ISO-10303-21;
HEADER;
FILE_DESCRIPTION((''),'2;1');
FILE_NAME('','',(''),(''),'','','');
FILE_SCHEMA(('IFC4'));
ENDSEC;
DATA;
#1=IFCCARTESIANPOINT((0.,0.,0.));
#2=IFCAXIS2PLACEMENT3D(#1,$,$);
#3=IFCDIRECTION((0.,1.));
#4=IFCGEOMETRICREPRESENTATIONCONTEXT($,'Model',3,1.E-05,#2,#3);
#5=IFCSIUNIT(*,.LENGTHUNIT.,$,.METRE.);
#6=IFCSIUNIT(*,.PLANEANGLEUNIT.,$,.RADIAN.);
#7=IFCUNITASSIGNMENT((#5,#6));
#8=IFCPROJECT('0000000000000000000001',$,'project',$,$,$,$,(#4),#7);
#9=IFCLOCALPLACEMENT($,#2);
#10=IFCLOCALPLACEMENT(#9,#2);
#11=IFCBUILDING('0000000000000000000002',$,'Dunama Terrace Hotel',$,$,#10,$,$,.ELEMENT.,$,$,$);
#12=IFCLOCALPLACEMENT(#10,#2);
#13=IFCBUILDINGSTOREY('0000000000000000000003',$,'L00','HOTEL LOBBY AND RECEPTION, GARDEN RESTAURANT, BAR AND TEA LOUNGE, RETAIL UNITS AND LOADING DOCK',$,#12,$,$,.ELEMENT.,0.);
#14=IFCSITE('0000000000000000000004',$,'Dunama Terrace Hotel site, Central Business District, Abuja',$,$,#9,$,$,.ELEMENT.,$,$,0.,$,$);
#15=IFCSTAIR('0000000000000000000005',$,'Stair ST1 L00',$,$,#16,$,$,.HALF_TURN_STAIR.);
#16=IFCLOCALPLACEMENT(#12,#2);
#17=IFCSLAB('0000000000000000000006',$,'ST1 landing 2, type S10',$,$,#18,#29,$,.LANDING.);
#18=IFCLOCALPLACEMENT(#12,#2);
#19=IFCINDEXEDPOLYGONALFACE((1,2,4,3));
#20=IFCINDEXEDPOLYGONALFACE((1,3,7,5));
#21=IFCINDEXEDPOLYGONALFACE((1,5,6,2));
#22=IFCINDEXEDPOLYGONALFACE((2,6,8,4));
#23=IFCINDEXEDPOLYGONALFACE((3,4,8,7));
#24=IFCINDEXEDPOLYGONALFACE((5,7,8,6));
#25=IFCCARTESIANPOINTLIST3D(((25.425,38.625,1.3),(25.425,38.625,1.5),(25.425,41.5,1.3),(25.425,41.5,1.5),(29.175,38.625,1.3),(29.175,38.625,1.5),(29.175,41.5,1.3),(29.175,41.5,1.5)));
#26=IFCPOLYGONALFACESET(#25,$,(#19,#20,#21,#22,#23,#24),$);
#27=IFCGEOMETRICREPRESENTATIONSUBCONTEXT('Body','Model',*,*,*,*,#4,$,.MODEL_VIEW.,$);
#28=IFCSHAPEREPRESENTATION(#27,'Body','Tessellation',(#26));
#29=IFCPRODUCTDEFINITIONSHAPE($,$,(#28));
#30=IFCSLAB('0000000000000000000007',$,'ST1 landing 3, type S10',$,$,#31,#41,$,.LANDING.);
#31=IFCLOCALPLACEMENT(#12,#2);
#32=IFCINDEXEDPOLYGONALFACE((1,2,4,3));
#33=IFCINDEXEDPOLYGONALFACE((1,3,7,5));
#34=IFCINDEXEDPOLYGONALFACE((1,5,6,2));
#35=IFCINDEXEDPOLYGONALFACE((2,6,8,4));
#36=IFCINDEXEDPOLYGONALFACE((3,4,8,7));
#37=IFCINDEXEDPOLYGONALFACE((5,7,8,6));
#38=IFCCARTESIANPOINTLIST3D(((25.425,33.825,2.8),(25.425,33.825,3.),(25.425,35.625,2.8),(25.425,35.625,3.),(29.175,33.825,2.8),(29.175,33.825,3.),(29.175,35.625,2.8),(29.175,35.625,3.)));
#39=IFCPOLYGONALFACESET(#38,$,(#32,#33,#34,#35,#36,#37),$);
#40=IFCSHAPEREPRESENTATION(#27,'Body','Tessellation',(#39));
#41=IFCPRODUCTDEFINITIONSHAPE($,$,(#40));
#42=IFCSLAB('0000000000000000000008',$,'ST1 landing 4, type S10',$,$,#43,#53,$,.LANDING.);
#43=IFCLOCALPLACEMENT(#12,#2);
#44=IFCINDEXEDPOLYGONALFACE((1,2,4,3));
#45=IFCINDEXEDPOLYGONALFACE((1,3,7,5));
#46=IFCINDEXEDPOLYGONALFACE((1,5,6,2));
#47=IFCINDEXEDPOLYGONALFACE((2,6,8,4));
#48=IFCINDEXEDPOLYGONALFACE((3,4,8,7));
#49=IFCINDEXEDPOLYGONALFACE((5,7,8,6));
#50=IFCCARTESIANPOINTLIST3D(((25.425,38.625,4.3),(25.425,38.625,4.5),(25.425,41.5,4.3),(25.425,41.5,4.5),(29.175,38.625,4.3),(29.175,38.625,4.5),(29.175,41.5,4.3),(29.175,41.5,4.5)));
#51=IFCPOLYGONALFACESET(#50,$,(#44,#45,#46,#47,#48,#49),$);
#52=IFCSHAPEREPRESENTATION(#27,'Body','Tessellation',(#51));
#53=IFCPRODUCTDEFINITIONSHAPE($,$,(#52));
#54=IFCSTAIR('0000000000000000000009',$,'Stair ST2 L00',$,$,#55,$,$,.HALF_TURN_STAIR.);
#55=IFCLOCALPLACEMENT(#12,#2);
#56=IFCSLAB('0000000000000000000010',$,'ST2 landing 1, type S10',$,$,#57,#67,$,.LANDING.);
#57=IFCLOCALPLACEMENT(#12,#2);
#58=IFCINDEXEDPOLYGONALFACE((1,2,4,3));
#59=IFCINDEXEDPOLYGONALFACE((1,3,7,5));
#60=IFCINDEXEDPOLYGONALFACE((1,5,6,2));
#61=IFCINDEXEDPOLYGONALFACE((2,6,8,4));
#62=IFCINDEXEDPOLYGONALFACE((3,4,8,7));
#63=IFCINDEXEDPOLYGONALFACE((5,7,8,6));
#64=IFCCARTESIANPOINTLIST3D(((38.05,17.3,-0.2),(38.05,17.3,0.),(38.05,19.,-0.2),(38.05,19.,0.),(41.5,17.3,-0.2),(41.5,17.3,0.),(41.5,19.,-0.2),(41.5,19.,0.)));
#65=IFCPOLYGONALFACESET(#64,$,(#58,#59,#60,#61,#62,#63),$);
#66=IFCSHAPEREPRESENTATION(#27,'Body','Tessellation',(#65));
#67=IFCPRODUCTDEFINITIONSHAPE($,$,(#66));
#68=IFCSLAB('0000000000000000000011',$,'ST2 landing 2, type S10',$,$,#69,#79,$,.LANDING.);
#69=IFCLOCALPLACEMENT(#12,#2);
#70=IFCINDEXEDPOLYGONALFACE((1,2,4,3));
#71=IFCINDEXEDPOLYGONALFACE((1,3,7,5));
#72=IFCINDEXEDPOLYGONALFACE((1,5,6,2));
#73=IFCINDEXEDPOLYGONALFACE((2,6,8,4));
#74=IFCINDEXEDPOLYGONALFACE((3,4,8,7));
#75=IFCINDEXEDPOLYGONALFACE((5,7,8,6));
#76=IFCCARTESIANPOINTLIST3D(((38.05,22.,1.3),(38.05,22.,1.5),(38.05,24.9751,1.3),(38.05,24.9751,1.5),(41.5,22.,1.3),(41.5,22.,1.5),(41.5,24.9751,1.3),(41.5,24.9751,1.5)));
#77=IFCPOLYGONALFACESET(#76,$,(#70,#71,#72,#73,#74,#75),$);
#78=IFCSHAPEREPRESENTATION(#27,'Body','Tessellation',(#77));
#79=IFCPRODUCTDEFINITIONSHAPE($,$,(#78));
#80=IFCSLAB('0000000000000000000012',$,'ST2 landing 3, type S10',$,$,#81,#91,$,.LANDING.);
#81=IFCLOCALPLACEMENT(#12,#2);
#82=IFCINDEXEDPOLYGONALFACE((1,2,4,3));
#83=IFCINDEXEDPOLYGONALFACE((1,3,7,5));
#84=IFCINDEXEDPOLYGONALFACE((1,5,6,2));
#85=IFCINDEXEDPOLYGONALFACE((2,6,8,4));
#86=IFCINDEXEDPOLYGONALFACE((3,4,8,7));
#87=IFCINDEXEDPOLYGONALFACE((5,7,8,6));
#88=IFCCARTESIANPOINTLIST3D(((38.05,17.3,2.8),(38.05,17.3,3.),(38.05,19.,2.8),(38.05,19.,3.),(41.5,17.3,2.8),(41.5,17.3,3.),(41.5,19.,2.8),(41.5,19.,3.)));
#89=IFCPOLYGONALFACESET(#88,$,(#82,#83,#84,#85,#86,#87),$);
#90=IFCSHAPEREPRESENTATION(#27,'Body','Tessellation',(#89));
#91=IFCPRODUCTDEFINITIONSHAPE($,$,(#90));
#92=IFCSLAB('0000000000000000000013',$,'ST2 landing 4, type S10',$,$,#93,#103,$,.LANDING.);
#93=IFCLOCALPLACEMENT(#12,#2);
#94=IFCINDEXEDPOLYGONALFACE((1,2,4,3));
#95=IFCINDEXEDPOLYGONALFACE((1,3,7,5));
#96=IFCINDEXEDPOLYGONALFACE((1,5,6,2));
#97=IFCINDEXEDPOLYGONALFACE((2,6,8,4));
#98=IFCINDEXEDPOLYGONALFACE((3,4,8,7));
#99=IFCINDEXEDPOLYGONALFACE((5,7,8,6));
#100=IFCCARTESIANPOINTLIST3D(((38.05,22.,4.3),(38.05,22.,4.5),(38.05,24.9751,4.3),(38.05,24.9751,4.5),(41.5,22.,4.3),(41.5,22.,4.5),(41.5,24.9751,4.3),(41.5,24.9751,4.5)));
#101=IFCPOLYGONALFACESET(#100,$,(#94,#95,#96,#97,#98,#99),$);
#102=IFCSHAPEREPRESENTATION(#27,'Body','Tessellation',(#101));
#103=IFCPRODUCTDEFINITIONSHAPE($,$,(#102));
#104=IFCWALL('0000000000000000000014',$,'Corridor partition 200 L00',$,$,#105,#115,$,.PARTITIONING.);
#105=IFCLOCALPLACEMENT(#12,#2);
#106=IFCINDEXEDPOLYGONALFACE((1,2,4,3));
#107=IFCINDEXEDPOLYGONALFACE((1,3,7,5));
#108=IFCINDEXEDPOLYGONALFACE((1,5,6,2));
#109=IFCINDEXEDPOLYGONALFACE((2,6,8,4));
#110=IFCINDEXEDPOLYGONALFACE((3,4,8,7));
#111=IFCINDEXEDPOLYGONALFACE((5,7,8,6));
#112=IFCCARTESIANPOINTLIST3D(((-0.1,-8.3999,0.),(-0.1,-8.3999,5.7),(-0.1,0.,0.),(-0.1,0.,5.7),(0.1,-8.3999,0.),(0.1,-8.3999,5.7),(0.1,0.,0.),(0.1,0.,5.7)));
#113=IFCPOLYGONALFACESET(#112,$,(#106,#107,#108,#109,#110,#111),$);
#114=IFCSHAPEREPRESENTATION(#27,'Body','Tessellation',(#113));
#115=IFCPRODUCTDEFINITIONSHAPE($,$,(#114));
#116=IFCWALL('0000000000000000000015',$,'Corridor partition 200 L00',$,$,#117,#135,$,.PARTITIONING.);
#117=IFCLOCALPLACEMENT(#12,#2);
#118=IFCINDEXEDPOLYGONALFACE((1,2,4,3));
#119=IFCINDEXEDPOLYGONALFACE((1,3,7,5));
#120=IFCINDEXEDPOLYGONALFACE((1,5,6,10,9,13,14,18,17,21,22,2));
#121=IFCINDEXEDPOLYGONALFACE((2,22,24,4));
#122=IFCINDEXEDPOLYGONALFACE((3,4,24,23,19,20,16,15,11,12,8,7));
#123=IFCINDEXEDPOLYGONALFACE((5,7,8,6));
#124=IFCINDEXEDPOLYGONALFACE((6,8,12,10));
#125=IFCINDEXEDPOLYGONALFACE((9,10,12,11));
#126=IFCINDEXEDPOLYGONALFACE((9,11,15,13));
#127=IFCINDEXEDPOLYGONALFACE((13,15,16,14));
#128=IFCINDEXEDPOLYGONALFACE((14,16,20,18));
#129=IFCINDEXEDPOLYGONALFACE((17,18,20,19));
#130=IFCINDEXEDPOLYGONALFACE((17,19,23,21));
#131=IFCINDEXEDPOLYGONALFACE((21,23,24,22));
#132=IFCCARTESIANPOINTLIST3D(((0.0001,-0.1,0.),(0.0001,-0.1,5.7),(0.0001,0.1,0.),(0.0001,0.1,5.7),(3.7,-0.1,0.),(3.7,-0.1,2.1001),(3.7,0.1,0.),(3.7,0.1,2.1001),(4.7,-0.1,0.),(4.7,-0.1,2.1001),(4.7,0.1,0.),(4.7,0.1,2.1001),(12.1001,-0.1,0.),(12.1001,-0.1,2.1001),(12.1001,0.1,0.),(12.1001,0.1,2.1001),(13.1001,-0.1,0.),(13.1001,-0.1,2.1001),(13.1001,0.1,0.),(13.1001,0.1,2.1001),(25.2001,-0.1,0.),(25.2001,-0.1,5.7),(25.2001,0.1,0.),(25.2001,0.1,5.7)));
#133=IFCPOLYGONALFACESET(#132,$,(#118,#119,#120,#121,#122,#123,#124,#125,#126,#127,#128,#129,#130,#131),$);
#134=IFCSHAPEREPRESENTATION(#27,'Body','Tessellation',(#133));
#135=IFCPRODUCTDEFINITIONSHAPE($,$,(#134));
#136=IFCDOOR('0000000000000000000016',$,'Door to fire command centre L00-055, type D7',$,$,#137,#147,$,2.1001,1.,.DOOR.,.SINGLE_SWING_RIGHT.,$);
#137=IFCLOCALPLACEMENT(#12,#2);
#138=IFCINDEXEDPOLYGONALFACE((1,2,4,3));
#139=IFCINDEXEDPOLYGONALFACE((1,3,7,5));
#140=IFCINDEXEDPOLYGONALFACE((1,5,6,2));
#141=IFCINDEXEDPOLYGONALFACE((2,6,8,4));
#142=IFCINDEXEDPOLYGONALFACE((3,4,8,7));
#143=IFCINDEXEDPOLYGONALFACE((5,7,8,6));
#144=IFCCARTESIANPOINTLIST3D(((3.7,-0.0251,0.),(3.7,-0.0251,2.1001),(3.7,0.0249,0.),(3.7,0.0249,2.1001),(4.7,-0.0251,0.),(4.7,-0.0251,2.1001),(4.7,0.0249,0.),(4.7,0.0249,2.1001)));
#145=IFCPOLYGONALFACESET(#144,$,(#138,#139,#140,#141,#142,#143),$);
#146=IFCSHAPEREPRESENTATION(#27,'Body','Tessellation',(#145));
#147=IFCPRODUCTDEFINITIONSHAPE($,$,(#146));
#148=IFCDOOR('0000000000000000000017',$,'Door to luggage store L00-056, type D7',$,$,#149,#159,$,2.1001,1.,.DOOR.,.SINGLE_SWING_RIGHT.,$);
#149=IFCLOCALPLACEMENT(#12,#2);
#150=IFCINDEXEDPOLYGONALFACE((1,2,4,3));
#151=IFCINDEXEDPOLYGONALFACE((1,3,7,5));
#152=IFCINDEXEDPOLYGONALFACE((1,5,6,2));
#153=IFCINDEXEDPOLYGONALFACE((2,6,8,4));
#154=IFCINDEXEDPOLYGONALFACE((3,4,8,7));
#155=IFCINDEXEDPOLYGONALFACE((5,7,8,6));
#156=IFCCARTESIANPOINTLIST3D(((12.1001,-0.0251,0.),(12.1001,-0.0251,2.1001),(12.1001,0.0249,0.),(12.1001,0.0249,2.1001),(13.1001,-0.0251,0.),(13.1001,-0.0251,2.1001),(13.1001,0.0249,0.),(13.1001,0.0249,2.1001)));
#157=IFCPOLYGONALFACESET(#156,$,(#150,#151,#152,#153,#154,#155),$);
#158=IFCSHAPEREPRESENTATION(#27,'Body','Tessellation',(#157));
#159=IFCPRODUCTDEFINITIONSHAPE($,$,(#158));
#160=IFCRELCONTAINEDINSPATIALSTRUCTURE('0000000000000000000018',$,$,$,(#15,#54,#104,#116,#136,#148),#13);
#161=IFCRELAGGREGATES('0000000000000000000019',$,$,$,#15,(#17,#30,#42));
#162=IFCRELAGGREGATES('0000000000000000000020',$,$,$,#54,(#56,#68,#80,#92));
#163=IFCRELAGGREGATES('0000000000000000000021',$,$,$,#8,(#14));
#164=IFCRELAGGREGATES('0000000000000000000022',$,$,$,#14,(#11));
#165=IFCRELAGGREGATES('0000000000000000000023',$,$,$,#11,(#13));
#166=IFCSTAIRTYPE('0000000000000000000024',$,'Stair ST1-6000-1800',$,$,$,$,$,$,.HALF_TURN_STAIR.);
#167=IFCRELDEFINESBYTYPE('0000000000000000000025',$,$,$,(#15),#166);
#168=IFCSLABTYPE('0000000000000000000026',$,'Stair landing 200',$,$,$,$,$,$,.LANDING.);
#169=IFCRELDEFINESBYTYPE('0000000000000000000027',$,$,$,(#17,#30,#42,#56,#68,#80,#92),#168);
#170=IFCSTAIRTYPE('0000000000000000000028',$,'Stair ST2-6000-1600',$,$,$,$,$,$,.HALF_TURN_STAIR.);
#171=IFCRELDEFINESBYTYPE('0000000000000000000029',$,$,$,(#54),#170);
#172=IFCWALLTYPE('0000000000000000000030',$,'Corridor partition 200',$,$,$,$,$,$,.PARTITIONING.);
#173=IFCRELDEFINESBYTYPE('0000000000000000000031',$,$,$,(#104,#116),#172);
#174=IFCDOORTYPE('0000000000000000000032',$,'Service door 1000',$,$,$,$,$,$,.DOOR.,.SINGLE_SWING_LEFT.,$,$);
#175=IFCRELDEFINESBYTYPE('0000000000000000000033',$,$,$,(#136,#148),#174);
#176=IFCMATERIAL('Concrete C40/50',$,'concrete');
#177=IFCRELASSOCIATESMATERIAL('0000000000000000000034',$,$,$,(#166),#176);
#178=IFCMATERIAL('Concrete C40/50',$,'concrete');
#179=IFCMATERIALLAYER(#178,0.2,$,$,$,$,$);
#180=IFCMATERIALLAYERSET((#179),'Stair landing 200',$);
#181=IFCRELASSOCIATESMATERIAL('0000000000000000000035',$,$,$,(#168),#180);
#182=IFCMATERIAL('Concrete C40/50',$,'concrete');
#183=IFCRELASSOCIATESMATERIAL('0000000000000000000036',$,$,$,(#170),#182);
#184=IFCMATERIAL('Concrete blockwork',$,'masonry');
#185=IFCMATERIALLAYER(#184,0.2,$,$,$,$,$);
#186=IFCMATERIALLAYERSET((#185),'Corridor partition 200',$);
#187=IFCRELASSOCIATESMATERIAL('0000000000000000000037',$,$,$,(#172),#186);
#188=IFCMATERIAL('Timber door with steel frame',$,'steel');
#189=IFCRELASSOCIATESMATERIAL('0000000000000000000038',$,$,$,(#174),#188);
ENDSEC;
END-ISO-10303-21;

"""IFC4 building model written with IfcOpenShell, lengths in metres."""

from ifc_helpers import new_model, si_unit, direction, frame, frame_2d, origin, origin_with_axes, place, context, subcontext, project, spatial, polyline, rectangle, outline, extrude, material, layer, layer_set, type_object, element, fill, aggregate, save


model = new_model("IFC4")

# Units and contexts
model_context = context("Model", 3, precision=1e-05, world=origin(), true_north=direction((0.0, 1.0)))
body_context = subcontext(model_context, "Body", "Model", "MODEL_VIEW")
ifc_project = project(units=[si_unit("LENGTHUNIT", "METRE"), si_unit("PLANEANGLEUNIT", "RADIAN")], contexts=[model_context])

# Site, building, storey
site_placement = place(None, origin())
site = spatial("IfcSite", under=ifc_project, at=site_placement, Name="Dunama Terrace Hotel site, Central Business District, Abuja", CompositionType="ELEMENT", RefElevation=0.0)
building_placement = place(site_placement, origin())
building = spatial("IfcBuilding", under=site, at=building_placement, Name="Dunama Terrace Hotel", CompositionType="ELEMENT")
storey_placement = place(building_placement, origin())
storey = spatial("IfcBuildingStorey", under=building, at=storey_placement, Name="L00", Description="HOTEL LOBBY AND RECEPTION, GARDEN RESTAURANT, BAR AND TEA LOUNGE, RETAIL UNITS AND LOADING DOCK", CompositionType="ELEMENT", Elevation=0.0)

# Stairs, slabs
ifc_material_1 = material(Name="Concrete C40/50", Category="concrete")
stair_type_1 = type_object("IfcStairType", Name="Stair ST1-6000-1800", PredefinedType="HALF_TURN_STAIR", material=ifc_material_1)
stair_1_placement = place(storey_placement, origin())
stair_1 = element("IfcStair", 1, at=stair_1_placement, inside=storey, type_object=stair_type_1, Name="Stair ST1 L00", PredefinedType="HALF_TURN_STAIR")
ifc_material_2 = material(Name="Concrete C40/50", Category="concrete")
ifc_layer_1 = layer(ifc_material_2, 0.2)
ifc_layer_set_1 = layer_set([ifc_layer_1], Name="Stair landing 200")
slab_type_1 = type_object("IfcSlabType", Name="Stair landing 200", PredefinedType="LANDING", material=ifc_layer_set_1)
slab_1_placement = place(storey_placement, frame((0.0, 0.0, 1.3)))
slab_1 = element("IfcSlab", 2, at=slab_1_placement, type_object=slab_type_1, Name="ST1 landing 2, type S10", PredefinedType="LANDING", context=body_context, shape_type="SweptSolid", body=[
    extrude(outline(polyline([(25.425, 38.625), (29.175, 38.625), (29.175, 41.5), (25.425, 41.5), (25.425, 38.625)])), origin(), (0.0, 0.0, 1.0), 0.2),
])
slab_2_placement = place(storey_placement, frame((0.0, 0.0, 2.8)))
slab_2 = element("IfcSlab", 3, at=slab_2_placement, type_object=slab_type_1, Name="ST1 landing 3, type S10", PredefinedType="LANDING", context=body_context, shape_type="SweptSolid", body=[
    extrude(outline(polyline([(25.425, 33.825), (29.175, 33.825), (29.175, 35.625), (25.425, 35.625), (25.425, 33.825)])), origin(), (0.0, 0.0, 1.0), 0.2),
])
slab_3_placement = place(storey_placement, frame((0.0, 0.0, 4.3)))
slab_3 = element("IfcSlab", 4, at=slab_3_placement, type_object=slab_type_1, Name="ST1 landing 4, type S10", PredefinedType="LANDING", context=body_context, shape_type="SweptSolid", body=[
    extrude(outline(polyline([(25.425, 38.625), (29.175, 38.625), (29.175, 41.5), (25.425, 41.5), (25.425, 38.625)])), origin(), (0.0, 0.0, 1.0), 0.2),
])
aggregate(stair_1, [slab_1, slab_2, slab_3])
ifc_material_3 = material(Name="Concrete C40/50", Category="concrete")
stair_type_2 = type_object("IfcStairType", Name="Stair ST2-6000-1600", PredefinedType="HALF_TURN_STAIR", material=ifc_material_3)
stair_2_placement = place(storey_placement, origin())
stair_2 = element("IfcStair", 5, at=stair_2_placement, inside=storey, type_object=stair_type_2, Name="Stair ST2 L00", PredefinedType="HALF_TURN_STAIR")
slab_4_placement = place(storey_placement, frame((0.0, 0.0, -0.2)))
slab_4 = element("IfcSlab", 6, at=slab_4_placement, type_object=slab_type_1, Name="ST2 landing 1, type S10", PredefinedType="LANDING", context=body_context, shape_type="SweptSolid", body=[
    extrude(outline(polyline([(38.05, 17.3), (41.5, 17.3), (41.5, 19.0), (38.05, 19.0), (38.05, 17.3)])), origin(), (0.0, 0.0, 1.0), 0.2),
])
slab_5_placement = place(storey_placement, frame((0.0, 0.0, 1.3)))
slab_5 = element("IfcSlab", 7, at=slab_5_placement, type_object=slab_type_1, Name="ST2 landing 2, type S10", PredefinedType="LANDING", context=body_context, shape_type="SweptSolid", body=[
    extrude(outline(polyline([(38.05, 22.0), (41.5, 22.0), (41.5, 24.9751), (38.05, 24.9751), (38.05, 22.0)])), origin(), (0.0, 0.0, 1.0), 0.2),
])
slab_6_placement = place(storey_placement, frame((0.0, 0.0, 2.8)))
slab_6 = element("IfcSlab", 8, at=slab_6_placement, type_object=slab_type_1, Name="ST2 landing 3, type S10", PredefinedType="LANDING", context=body_context, shape_type="SweptSolid", body=[
    extrude(outline(polyline([(38.05, 17.3), (41.5, 17.3), (41.5, 19.0), (38.05, 19.0), (38.05, 17.3)])), origin(), (0.0, 0.0, 1.0), 0.2),
])
slab_7_placement = place(storey_placement, frame((0.0, 0.0, 4.3)))
slab_7 = element("IfcSlab", 9, at=slab_7_placement, type_object=slab_type_1, Name="ST2 landing 4, type S10", PredefinedType="LANDING", context=body_context, shape_type="SweptSolid", body=[
    extrude(outline(polyline([(38.05, 22.0), (41.5, 22.0), (41.5, 24.9751), (38.05, 24.9751), (38.05, 22.0)])), origin(), (0.0, 0.0, 1.0), 0.2),
])
aggregate(stair_2, [slab_4, slab_5, slab_6, slab_7])

# Wall
ifc_material_4 = material(Name="Concrete blockwork", Category="masonry")
ifc_layer_2 = layer(ifc_material_4, 0.2)
ifc_layer_set_2 = layer_set([ifc_layer_2], Name="Corridor partition 200")
wall_type_1 = type_object("IfcWallType", Name="Corridor partition 200", PredefinedType="PARTITIONING", material=ifc_layer_set_2)
wall_1_placement = place(storey_placement, frame((0.0, -8.3999, 0.0), z_axis=(0.0, 0.0, 1.0), x_axis=(0.0, 1.0, 0.0)))
element("IfcWall", 10, at=wall_1_placement, inside=storey, type_object=wall_type_1, Name="Corridor partition 200 L00", PredefinedType="PARTITIONING", context=body_context, shape_type="SweptSolid", body=[
    extrude(rectangle(XDim=8.3999, YDim=0.2, at=frame_2d((4.2, 0.0))), origin(), (0.0, 0.0, 1.0), 5.7),
])

# Wall, openings, doors
wall_2_placement = place(storey_placement, origin_with_axes())
wall_2 = element("IfcWall", 11, at=wall_2_placement, inside=storey, type_object=wall_type_1, Name="Corridor partition 200 L00", PredefinedType="PARTITIONING", context=body_context, shape_type="SweptSolid", body=[
    extrude(rectangle(XDim=25.2, YDim=0.2, at=frame_2d((12.6001, 0.0))), origin(), (0.0, 0.0, 1.0), 5.7),
])
opening_1_placement = place(wall_2_placement, frame((3.7, 0.0, 0.0)))
opening_1 = element("IfcOpeningElement", 12, at=opening_1_placement, cuts=wall_2, PredefinedType="OPENING", context=body_context, shape_type="SweptSolid", body=[
    extrude(rectangle(XDim=1.0, YDim=2.1001, at=frame_2d((0.5, 1.05))), frame((0.0, 0.1099, 0.0), z_axis=(0.0, -1.0, 0.0), x_axis=(1.0, 0.0, 0.0)), (0.0, 0.0, 1.0), 0.22),
])
opening_2_placement = place(wall_2_placement, frame((12.1001, 0.0, 0.0)))
opening_2 = element("IfcOpeningElement", 13, at=opening_2_placement, cuts=wall_2, PredefinedType="OPENING", context=body_context, shape_type="SweptSolid", body=[
    extrude(rectangle(XDim=1.0, YDim=2.1001, at=frame_2d((0.5, 1.05))), frame((0.0, 0.1099, 0.0), z_axis=(0.0, -1.0, 0.0), x_axis=(1.0, 0.0, 0.0)), (0.0, 0.0, 1.0), 0.22),
])
ifc_material_5 = material(Name="Timber door with steel frame", Category="steel")
door_type_1 = type_object("IfcDoorType", Name="Service door 1000", OperationType="SINGLE_SWING_LEFT", PredefinedType="DOOR", material=ifc_material_5)
door_1_placement = place(opening_1_placement, frame((1.0, 0.0, 0.0), z_axis=(0.0, 0.0, 1.0), x_axis=(-1.0, 0.0, 0.0)))
door_1 = element("IfcDoor", 14, at=door_1_placement, inside=storey, type_object=door_type_1, Name="Door to fire command centre L00-055, type D7", OperationType="SINGLE_SWING_RIGHT", OverallHeight=2.1001, OverallWidth=1.0, PredefinedType="DOOR", context=body_context, shape_type="SweptSolid", body=[
    extrude(rectangle(XDim=1.0, YDim=2.1001, at=frame_2d((0.5, 1.05))), frame((0.0, 0.0251, 0.0), z_axis=(0.0, -1.0, 0.0), x_axis=(1.0, 0.0, 0.0)), (0.0, 0.0, 1.0), 0.05),
])
fill(opening_1, door_1)
door_2_placement = place(opening_2_placement, frame((1.0, 0.0, 0.0), z_axis=(0.0, 0.0, 1.0), x_axis=(-1.0, 0.0, 0.0)))
door_2 = element("IfcDoor", 15, at=door_2_placement, inside=storey, type_object=door_type_1, Name="Door to luggage store L00-056, type D7", OperationType="SINGLE_SWING_RIGHT", OverallHeight=2.1001, OverallWidth=1.0, PredefinedType="DOOR", context=body_context, shape_type="SweptSolid", body=[
    extrude(rectangle(XDim=1.0, YDim=2.1001, at=frame_2d((0.5, 1.05))), frame((0.0, 0.0251, 0.0), z_axis=(0.0, -1.0, 0.0), x_axis=(1.0, 0.0, 0.0)), (0.0, 0.0, 1.0), 0.05),
])
fill(opening_2, door_2)

save(model, "model.ifc")
